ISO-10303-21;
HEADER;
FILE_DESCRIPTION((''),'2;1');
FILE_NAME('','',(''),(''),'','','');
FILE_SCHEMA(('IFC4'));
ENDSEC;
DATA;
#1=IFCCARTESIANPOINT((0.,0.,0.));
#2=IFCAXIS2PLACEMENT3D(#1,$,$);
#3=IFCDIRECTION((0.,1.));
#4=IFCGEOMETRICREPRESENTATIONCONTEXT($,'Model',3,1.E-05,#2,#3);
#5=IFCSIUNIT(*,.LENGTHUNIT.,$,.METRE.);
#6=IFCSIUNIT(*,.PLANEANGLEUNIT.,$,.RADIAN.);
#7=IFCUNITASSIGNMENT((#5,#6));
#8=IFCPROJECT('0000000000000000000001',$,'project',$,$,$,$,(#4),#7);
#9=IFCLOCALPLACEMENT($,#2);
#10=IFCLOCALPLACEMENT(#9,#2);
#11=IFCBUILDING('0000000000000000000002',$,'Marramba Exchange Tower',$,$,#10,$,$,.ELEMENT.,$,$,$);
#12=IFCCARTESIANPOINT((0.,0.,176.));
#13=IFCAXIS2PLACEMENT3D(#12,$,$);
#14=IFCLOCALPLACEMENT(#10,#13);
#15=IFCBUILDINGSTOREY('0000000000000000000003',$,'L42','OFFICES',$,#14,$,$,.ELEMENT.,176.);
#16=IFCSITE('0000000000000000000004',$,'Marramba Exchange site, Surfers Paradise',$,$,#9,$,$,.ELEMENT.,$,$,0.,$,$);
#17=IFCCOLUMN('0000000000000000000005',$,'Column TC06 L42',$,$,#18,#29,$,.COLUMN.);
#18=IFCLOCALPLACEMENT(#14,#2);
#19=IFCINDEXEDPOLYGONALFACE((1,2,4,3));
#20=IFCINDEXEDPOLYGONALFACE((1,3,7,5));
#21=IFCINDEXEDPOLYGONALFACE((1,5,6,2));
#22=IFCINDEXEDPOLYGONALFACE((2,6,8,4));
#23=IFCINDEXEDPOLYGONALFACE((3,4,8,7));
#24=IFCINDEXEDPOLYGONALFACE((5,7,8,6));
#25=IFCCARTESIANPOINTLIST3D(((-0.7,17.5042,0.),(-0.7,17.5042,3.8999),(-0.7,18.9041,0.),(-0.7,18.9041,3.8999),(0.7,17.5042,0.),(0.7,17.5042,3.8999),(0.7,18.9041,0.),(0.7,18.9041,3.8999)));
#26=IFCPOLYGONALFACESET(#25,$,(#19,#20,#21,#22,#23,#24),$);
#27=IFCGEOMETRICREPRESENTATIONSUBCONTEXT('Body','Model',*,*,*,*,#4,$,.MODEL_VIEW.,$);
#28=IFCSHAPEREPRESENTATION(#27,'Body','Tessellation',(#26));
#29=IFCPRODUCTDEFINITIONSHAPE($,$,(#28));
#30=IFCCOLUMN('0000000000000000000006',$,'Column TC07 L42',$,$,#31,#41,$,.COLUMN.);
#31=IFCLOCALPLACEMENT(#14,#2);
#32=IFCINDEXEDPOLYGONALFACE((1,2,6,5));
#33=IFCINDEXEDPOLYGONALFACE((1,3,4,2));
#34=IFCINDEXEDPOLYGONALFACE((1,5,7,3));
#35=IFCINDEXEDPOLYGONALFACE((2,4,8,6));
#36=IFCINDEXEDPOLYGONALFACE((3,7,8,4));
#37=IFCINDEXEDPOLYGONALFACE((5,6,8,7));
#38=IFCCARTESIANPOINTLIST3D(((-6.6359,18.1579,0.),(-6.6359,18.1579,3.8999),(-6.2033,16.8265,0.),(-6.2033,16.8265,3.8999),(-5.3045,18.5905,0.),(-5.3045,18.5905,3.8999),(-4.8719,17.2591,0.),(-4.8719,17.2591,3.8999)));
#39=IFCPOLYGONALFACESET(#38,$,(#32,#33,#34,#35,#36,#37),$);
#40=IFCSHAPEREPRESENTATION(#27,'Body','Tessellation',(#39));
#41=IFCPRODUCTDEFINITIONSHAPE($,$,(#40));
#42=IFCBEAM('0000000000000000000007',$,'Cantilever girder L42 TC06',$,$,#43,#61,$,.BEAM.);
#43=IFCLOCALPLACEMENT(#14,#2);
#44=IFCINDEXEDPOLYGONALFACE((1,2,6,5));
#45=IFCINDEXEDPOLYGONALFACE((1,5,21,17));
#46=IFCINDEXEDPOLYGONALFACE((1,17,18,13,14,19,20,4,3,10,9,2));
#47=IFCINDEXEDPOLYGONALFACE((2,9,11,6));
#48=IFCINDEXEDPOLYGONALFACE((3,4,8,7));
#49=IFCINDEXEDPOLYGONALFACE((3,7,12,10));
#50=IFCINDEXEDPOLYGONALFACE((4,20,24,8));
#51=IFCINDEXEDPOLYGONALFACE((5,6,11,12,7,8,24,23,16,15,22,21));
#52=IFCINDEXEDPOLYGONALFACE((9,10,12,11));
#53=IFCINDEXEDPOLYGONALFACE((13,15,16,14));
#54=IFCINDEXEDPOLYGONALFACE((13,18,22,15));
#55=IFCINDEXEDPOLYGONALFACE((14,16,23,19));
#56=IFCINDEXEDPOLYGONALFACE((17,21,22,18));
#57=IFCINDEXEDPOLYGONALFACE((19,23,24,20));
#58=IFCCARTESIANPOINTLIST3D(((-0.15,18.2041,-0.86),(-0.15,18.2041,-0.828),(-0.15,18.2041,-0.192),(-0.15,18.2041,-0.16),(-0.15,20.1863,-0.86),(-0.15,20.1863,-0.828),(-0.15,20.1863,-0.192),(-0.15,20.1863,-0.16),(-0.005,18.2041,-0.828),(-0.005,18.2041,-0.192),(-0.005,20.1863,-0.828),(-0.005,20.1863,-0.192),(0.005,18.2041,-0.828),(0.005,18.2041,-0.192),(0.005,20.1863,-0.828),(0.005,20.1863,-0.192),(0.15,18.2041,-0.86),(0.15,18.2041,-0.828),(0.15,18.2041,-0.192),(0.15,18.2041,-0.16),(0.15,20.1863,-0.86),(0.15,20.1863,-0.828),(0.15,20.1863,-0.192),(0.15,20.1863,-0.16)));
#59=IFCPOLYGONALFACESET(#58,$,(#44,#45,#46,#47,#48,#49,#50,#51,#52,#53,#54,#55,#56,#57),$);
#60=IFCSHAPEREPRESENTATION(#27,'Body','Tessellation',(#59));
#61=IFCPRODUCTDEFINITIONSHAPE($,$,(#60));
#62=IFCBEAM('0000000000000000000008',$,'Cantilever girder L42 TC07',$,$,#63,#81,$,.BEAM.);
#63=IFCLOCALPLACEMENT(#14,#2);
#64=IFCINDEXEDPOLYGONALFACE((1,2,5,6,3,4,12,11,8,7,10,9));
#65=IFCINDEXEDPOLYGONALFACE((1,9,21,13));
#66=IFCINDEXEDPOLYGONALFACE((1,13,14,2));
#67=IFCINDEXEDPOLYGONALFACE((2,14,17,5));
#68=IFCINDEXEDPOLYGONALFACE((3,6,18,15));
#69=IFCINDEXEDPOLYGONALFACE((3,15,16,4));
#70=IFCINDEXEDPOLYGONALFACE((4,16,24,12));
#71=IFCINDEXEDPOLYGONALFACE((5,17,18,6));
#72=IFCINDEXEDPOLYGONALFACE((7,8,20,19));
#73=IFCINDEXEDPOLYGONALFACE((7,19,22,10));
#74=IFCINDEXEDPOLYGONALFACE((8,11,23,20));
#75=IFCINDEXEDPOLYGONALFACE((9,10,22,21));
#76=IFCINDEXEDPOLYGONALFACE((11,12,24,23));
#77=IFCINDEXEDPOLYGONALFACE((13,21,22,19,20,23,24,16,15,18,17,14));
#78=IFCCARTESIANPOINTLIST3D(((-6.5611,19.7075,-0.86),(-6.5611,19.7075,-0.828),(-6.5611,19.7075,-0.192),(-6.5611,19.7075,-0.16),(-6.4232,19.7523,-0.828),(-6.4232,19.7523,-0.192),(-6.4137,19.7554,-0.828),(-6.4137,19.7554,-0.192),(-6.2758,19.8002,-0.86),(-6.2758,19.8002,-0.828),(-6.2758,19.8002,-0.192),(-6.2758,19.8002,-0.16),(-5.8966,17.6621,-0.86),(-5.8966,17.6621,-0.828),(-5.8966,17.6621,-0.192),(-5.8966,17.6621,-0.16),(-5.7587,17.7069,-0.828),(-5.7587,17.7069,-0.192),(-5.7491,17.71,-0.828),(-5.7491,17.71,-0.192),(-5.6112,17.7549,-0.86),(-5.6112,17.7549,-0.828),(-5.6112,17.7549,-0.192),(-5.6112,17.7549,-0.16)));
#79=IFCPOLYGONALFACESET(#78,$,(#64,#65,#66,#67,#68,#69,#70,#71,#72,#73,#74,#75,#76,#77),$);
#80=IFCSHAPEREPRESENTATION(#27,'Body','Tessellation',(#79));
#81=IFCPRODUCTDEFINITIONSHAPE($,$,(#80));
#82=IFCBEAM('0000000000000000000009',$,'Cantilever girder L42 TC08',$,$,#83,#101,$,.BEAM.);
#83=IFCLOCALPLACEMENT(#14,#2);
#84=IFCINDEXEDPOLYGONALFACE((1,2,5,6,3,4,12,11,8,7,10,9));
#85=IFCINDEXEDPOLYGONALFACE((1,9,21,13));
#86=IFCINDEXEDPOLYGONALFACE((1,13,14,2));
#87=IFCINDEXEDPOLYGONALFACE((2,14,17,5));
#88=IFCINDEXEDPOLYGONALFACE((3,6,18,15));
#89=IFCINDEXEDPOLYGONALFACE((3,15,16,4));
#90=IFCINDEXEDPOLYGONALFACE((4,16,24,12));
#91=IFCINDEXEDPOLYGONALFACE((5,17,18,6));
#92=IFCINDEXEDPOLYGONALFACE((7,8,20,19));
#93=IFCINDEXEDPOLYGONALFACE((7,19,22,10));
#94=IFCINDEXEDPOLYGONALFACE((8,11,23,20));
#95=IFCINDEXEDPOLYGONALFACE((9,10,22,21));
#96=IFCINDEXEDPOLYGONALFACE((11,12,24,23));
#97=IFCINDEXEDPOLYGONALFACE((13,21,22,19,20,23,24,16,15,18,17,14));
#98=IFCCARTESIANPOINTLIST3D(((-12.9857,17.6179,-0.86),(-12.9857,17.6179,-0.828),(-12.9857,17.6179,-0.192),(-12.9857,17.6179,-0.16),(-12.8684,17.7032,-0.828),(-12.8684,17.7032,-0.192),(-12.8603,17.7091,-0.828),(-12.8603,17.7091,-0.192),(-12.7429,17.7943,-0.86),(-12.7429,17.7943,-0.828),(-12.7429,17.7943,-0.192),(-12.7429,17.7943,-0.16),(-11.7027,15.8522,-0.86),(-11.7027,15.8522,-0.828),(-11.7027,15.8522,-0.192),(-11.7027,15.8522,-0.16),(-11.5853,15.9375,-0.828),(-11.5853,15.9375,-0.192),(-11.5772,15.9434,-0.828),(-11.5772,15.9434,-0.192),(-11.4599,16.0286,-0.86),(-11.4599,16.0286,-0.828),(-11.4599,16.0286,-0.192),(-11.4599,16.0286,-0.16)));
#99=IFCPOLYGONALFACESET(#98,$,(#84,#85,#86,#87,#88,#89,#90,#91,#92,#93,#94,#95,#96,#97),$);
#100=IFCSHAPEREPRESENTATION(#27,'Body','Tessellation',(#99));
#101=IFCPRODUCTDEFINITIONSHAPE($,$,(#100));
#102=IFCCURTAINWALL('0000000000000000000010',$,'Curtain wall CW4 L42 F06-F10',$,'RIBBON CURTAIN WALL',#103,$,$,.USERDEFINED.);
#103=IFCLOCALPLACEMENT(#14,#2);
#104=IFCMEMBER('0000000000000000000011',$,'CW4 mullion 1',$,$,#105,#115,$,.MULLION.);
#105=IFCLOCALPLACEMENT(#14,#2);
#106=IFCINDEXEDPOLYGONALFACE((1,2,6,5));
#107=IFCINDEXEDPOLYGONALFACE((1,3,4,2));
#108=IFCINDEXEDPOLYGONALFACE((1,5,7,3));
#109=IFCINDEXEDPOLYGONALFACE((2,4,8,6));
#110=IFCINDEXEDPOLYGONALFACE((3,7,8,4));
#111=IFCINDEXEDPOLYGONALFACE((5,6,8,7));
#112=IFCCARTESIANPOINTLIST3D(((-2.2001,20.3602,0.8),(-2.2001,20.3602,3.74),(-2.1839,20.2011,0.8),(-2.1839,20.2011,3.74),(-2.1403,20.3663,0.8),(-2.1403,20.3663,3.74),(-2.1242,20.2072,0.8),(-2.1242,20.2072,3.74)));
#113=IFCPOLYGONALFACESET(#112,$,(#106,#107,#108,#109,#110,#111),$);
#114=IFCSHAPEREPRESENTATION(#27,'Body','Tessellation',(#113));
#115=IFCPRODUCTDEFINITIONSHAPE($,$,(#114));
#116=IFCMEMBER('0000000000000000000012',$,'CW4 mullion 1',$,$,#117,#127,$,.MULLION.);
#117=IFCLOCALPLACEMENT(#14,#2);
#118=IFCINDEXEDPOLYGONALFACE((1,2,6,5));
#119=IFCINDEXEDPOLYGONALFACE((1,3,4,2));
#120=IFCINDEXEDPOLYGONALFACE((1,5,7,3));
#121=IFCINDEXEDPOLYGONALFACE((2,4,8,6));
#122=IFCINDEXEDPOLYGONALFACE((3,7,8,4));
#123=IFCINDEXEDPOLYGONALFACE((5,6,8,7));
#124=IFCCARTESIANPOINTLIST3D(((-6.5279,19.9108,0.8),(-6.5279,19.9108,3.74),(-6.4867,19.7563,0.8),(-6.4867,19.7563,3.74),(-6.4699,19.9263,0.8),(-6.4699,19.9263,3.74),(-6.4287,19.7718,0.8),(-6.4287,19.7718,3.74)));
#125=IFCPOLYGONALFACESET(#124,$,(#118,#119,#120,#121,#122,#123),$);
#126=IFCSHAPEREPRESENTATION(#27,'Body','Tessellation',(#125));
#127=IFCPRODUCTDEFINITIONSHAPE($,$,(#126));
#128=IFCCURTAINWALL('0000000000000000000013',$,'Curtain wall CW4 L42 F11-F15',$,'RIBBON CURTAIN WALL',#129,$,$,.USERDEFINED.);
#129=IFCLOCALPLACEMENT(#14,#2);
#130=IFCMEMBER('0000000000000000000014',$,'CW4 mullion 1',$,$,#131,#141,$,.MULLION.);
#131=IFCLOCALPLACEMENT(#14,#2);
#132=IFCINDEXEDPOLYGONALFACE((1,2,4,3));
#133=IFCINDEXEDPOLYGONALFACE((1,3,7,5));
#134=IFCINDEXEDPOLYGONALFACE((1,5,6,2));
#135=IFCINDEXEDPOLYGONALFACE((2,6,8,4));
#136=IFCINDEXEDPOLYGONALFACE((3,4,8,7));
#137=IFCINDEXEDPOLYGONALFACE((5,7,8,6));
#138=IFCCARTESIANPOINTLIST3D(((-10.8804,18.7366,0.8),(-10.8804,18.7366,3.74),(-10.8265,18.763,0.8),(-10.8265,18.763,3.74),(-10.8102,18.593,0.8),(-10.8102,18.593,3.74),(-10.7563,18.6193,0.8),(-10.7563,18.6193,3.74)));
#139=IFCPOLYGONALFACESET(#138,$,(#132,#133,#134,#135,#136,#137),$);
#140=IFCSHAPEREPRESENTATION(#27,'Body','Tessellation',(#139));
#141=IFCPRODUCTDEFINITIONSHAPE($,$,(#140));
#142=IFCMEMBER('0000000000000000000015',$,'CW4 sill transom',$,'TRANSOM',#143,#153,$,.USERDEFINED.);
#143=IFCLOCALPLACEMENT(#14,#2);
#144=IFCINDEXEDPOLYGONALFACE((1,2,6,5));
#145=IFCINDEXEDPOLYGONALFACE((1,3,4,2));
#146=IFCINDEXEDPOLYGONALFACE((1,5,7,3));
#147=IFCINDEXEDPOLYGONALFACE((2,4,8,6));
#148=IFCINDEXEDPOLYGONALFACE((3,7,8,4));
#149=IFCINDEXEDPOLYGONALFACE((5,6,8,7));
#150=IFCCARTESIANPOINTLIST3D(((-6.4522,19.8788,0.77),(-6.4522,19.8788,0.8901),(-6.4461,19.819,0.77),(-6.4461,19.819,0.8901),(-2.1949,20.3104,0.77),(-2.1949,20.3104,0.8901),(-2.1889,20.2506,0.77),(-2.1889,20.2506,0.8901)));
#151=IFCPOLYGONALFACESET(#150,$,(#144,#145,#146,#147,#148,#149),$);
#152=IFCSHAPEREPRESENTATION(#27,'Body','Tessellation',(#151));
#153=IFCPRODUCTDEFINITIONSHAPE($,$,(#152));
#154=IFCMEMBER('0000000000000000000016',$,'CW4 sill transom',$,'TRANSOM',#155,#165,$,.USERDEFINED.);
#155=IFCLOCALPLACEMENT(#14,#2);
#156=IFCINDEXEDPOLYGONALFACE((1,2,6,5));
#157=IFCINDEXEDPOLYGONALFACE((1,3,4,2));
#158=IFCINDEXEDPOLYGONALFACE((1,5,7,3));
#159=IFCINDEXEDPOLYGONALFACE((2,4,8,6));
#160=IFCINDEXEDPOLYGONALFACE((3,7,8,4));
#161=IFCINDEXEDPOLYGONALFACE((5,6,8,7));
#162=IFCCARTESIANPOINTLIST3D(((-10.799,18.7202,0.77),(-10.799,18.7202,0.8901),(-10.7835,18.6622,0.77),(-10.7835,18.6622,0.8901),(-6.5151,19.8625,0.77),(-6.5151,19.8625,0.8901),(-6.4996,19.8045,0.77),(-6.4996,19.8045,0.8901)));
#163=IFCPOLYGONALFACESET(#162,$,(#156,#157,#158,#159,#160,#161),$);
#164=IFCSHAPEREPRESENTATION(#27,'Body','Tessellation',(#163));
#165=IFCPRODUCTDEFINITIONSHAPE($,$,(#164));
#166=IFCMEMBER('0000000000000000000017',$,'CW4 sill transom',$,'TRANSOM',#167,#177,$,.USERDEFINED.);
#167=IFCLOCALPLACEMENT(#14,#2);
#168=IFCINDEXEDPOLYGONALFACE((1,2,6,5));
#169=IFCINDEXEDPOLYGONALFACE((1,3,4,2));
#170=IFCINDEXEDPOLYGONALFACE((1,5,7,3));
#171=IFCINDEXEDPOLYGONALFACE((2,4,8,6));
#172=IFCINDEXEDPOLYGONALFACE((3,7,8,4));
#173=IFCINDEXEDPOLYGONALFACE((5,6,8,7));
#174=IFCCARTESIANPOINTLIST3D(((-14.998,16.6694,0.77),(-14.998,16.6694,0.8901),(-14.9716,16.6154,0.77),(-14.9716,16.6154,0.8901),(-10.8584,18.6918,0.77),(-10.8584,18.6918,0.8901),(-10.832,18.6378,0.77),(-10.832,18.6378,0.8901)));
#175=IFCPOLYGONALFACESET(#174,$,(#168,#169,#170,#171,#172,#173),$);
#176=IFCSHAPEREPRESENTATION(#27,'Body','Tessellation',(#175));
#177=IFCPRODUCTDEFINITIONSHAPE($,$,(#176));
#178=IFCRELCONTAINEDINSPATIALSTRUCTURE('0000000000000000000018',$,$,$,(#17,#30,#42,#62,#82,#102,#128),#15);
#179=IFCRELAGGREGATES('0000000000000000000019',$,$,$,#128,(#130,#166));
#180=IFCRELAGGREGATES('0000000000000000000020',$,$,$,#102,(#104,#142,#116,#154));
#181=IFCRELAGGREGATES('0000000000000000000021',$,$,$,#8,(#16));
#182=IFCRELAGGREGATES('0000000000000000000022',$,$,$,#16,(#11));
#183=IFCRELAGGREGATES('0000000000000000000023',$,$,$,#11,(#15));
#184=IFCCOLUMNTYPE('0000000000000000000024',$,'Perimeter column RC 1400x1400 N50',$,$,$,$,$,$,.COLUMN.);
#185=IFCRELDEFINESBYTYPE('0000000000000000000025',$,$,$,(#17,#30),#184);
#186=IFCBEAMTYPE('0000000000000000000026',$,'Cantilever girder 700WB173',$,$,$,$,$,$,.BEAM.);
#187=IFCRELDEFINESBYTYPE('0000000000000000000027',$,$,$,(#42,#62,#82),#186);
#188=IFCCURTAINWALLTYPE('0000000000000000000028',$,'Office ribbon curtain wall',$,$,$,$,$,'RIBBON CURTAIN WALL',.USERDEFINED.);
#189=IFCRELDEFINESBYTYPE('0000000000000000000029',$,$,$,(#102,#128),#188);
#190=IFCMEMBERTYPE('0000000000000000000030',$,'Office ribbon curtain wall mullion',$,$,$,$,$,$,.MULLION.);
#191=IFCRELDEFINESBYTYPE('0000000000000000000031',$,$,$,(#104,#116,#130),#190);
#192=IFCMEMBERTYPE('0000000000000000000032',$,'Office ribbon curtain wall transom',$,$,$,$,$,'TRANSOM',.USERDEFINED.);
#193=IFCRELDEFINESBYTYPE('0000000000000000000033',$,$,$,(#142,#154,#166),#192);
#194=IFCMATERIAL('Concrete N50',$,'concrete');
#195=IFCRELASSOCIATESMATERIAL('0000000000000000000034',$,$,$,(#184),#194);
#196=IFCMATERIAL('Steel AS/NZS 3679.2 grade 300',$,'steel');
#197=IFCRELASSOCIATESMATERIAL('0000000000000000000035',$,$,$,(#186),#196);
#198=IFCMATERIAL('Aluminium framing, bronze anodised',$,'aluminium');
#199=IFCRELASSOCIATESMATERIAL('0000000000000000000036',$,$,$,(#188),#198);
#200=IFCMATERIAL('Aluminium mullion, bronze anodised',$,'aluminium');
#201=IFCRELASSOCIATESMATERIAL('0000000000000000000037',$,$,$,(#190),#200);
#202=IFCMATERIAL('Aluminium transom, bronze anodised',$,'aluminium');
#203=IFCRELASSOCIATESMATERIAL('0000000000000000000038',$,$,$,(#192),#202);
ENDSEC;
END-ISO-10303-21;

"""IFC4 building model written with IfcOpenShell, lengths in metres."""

from ifc_helpers import new_model, si_unit, direction, frame, origin, origin_2d, place, context, subcontext, project, spatial, rectangle, i_section, extrude, material, material_profile, profile_set, type_object, element, aggregate, save


model = new_model("IFC4")

# Units and contexts
model_context = context("Model", 3, precision=1e-05, world=origin(), true_north=direction((0.0, 1.0)))
body_context = subcontext(model_context, "Body", "Model", "MODEL_VIEW")
ifc_project = project(units=[si_unit("LENGTHUNIT", "METRE"), si_unit("PLANEANGLEUNIT", "RADIAN")], contexts=[model_context])

# Site, building, storey
site_placement = place(None, origin())
site = spatial("IfcSite", under=ifc_project, at=site_placement, Name="Marramba Exchange site, Surfers Paradise", CompositionType="ELEMENT", RefElevation=0.0)
building_placement = place(site_placement, origin())
building = spatial("IfcBuilding", under=site, at=building_placement, Name="Marramba Exchange Tower", CompositionType="ELEMENT")
storey_placement = place(building_placement, frame((0.0, 0.0, 176.0)))
storey = spatial("IfcBuildingStorey", under=building, at=storey_placement, Name="L42", Description="OFFICES", CompositionType="ELEMENT", Elevation=176.0)

# Columns
ifc_material_1 = material(Name="Concrete N50", Category="concrete")
ifc_material_profile_1 = material_profile(ifc_material_1, rectangle(XDim=1.3999, YDim=1.3999, at=origin_2d()), Name="RC 1400x1400")
ifc_profile_set_1 = profile_set([ifc_material_profile_1], Name="Concrete N50")
column_type = type_object("IfcColumnType", Name="Perimeter column RC 1400x1400 N50", PredefinedType="COLUMN", material=ifc_profile_set_1)
for number, where, z_axis, x_axis, name in (
    (1, (0.0, 18.2041, 0.0), (0.0, 0.0, 1.0), (0.0, 1.0, 0.0), "Column TC06 L42"),
    (2, (-5.7539, 17.7085, 0.0), (0.0, 0.0, 1.0), (-0.309017, 0.951057, 0.0), "Column TC07 L42"),
):
    element("IfcColumn", number, at=place(storey_placement, frame(where, z_axis=z_axis, x_axis=x_axis)), inside=storey, type_object=column_type, Name=name, PredefinedType="COLUMN", context=body_context, shape_type="SweptSolid", body=[
        extrude(rectangle(XDim=1.3999, YDim=1.3999, at=origin_2d()), origin(), (0.0, 0.0, 1.0), 3.8999),
    ])

# Beams
ifc_material_2 = material(Name="Steel AS/NZS 3679.2 grade 300", Category="steel")
ifc_material_profile_2 = material_profile(ifc_material_2, i_section(OverallWidth=0.3, OverallDepth=0.7, WebThickness=0.01, FlangeThickness=0.032, at=origin_2d()), Name="700WB173")
ifc_profile_set_2 = profile_set([ifc_material_profile_2], Name="Steel AS/NZS 3679.2 grade 300")
beam_type_1 = type_object("IfcBeamType", Name="Cantilever girder 700WB173", PredefinedType="BEAM", material=ifc_profile_set_2)
beam_1_placement = place(storey_placement, frame((0.0, 18.2041, -0.51), z_axis=(0.0, 1.0, 0.0), x_axis=(-1.0, 0.0, 0.0)))
element("IfcBeam", 3, at=beam_1_placement, inside=storey, type_object=beam_type_1, Name="Cantilever girder L42 TC06", PredefinedType="BEAM", context=body_context, shape_type="SweptSolid", body=[
    extrude(i_section(OverallWidth=0.3, OverallDepth=0.7, WebThickness=0.01, FlangeThickness=0.032, at=origin_2d()), origin(), (0.0, 0.0, 1.0), 1.9822),
])
beam_2_placement = place(storey_placement, frame((-5.7539, 17.7085, -0.51), z_axis=(-0.308999, 0.951062, 0.0), x_axis=(-0.951062, -0.308999, 0.0)))
element("IfcBeam", 4, at=beam_2_placement, inside=storey, type_object=beam_type_1, Name="Cantilever girder L42 TC07", PredefinedType="BEAM", context=body_context, shape_type="SweptSolid", body=[
    extrude(i_section(OverallWidth=0.3, OverallDepth=0.7, WebThickness=0.01, FlangeThickness=0.032, at=origin_2d()), origin(), (0.0, 0.0, 1.0), 2.1506),
])
beam_3_placement = place(storey_placement, frame((-11.5813, 15.9404, -0.51), z_axis=(-0.587832, 0.808983, 0.0), x_axis=(-0.808983, -0.587832, 0.0)))
element("IfcBeam", 5, at=beam_3_placement, inside=storey, type_object=beam_type_1, Name="Cantilever girder L42 TC08", PredefinedType="BEAM", context=body_context, shape_type="SweptSolid", body=[
    extrude(i_section(OverallWidth=0.3, OverallDepth=0.7, WebThickness=0.01, FlangeThickness=0.032, at=origin_2d()), origin(), (0.0, 0.0, 1.0), 2.1826),
])

# Curtain wall, members
ifc_material_3 = material(Name="Aluminium framing, bronze anodised", Category="aluminium")
curtain_wall_type = type_object("IfcCurtainWallType", Name="Office ribbon curtain wall", ElementType="RIBBON CURTAIN WALL", PredefinedType="USERDEFINED", material=ifc_material_3)
curtain_wall_1_placement = place(storey_placement, origin())
curtain_wall_1 = element("IfcCurtainWall", 6, at=curtain_wall_1_placement, inside=storey, type_object=curtain_wall_type, Name="Curtain wall CW4 L42 F06-F10", ObjectType="RIBBON CURTAIN WALL", PredefinedType="USERDEFINED")
ifc_material_4 = material(Name="Aluminium mullion, bronze anodised", Category="aluminium")
ifc_material_profile_3 = material_profile(ifc_material_4, rectangle(XDim=0.1599, YDim=0.0601, at=origin_2d()), Name="CW4 mullion 60x160")
ifc_profile_set_3 = profile_set([ifc_material_profile_3], Name="Aluminium mullion, bronze anodised")
member_type_1 = type_object("IfcMemberType", Name="Office ribbon curtain wall mullion", PredefinedType="MULLION", material=ifc_profile_set_3)
member_1_placement = place(storey_placement, frame((-2.1621, 20.2837, 0.8), z_axis=(0.0, 0.0, 1.0), x_axis=(0.100863, -0.9949, 0.0)))
member_1 = element("IfcMember", 7, at=member_1_placement, type_object=member_type_1, Name="CW4 mullion 1", PredefinedType="MULLION", context=body_context, shape_type="SweptSolid", body=[
    extrude(rectangle(XDim=0.1599, YDim=0.0601, at=origin_2d()), origin(), (0.0, 0.0, 1.0), 2.9399),
])
member_2_placement = place(storey_placement, frame((-6.4783, 19.8413, 0.8), z_axis=(0.0, 0.0, 1.0), x_axis=(0.257641, -0.966241, 0.0)))
member_2 = element("IfcMember", 8, at=member_2_placement, type_object=member_type_1, Name="CW4 mullion 1", PredefinedType="MULLION", context=body_context, shape_type="SweptSolid", body=[
    extrude(rectangle(XDim=0.1599, YDim=0.0601, at=origin_2d()), origin(), (0.0, 0.0, 1.0), 2.9399),
])

# Curtain wall, member
curtain_wall_2_placement = place(storey_placement, origin())
curtain_wall_2 = element("IfcCurtainWall", 9, at=curtain_wall_2_placement, inside=storey, type_object=curtain_wall_type, Name="Curtain wall CW4 L42 F11-F15", ObjectType="RIBBON CURTAIN WALL", PredefinedType="USERDEFINED")
member_3_placement = place(storey_placement, frame((-10.8184, 18.678, 0.8), z_axis=(0.0, 0.0, 1.0), x_axis=(0.438972, -0.898501, 0.0)))
member_3 = element("IfcMember", 10, at=member_3_placement, type_object=member_type_1, Name="CW4 mullion 1", PredefinedType="MULLION", context=body_context, shape_type="SweptSolid", body=[
    extrude(rectangle(XDim=0.1599, YDim=0.0601, at=origin_2d()), origin(), (0.0, 0.0, 1.0), 2.9399),
])

# Members
ifc_material_5 = material(Name="Aluminium transom, bronze anodised", Category="aluminium")
ifc_material_profile_4 = material_profile(ifc_material_5, rectangle(XDim=0.0601, YDim=0.1201, at=origin_2d()), Name="CW4 transom 60x120")
ifc_profile_set_4 = profile_set([ifc_material_profile_4], Name="Aluminium transom, bronze anodised")
member_type_2 = type_object("IfcMemberType", Name="Office ribbon curtain wall transom", ElementType="TRANSOM", PredefinedType="USERDEFINED", material=ifc_profile_set_4)
member_4_placement = place(storey_placement, frame((-2.1919, 20.2805, 0.8301), z_axis=(-0.9949, -0.100871, 0.0), x_axis=(0.100871, -0.9949, 0.0)))
member_4 = element("IfcMember", 11, at=member_4_placement, type_object=member_type_2, Name="CW4 sill transom", ObjectType="TRANSOM", PredefinedType="USERDEFINED", context=body_context, shape_type="SweptSolid", body=[
    extrude(rectangle(XDim=0.0601, YDim=0.1201, at=origin_2d()), origin(), (0.0, 0.0, 1.0), 4.2791),
])
member_5_placement = place(storey_placement, frame((-6.5073, 19.8335, 0.8301), z_axis=(-0.966238, -0.257652, 0.0), x_axis=(0.257652, -0.966238, 0.0)))
member_5 = element("IfcMember", 12, at=member_5_placement, type_object=member_type_2, Name="CW4 sill transom", ObjectType="TRANSOM", PredefinedType="USERDEFINED", context=body_context, shape_type="SweptSolid", body=[
    extrude(rectangle(XDim=0.0601, YDim=0.1201, at=origin_2d()), origin(), (0.0, 0.0, 1.0), 4.4336),
])
member_6_placement = place(storey_placement, frame((-10.8452, 18.6648, 0.8301), z_axis=(-0.898501, -0.438971, 0.0), x_axis=(0.438971, -0.898501, 0.0)))
member_6 = element("IfcMember", 13, at=member_6_placement, type_object=member_type_2, Name="CW4 sill transom", ObjectType="TRANSOM", PredefinedType="USERDEFINED", context=body_context, shape_type="SweptSolid", body=[
    extrude(rectangle(XDim=0.0601, YDim=0.1201, at=origin_2d()), origin(), (0.0, 0.0, 1.0), 4.6072),
])
aggregate(curtain_wall_2, [member_3, member_6])

aggregate(curtain_wall_1, [member_1, member_4, member_2, member_5])

save(model, "model.ifc")
